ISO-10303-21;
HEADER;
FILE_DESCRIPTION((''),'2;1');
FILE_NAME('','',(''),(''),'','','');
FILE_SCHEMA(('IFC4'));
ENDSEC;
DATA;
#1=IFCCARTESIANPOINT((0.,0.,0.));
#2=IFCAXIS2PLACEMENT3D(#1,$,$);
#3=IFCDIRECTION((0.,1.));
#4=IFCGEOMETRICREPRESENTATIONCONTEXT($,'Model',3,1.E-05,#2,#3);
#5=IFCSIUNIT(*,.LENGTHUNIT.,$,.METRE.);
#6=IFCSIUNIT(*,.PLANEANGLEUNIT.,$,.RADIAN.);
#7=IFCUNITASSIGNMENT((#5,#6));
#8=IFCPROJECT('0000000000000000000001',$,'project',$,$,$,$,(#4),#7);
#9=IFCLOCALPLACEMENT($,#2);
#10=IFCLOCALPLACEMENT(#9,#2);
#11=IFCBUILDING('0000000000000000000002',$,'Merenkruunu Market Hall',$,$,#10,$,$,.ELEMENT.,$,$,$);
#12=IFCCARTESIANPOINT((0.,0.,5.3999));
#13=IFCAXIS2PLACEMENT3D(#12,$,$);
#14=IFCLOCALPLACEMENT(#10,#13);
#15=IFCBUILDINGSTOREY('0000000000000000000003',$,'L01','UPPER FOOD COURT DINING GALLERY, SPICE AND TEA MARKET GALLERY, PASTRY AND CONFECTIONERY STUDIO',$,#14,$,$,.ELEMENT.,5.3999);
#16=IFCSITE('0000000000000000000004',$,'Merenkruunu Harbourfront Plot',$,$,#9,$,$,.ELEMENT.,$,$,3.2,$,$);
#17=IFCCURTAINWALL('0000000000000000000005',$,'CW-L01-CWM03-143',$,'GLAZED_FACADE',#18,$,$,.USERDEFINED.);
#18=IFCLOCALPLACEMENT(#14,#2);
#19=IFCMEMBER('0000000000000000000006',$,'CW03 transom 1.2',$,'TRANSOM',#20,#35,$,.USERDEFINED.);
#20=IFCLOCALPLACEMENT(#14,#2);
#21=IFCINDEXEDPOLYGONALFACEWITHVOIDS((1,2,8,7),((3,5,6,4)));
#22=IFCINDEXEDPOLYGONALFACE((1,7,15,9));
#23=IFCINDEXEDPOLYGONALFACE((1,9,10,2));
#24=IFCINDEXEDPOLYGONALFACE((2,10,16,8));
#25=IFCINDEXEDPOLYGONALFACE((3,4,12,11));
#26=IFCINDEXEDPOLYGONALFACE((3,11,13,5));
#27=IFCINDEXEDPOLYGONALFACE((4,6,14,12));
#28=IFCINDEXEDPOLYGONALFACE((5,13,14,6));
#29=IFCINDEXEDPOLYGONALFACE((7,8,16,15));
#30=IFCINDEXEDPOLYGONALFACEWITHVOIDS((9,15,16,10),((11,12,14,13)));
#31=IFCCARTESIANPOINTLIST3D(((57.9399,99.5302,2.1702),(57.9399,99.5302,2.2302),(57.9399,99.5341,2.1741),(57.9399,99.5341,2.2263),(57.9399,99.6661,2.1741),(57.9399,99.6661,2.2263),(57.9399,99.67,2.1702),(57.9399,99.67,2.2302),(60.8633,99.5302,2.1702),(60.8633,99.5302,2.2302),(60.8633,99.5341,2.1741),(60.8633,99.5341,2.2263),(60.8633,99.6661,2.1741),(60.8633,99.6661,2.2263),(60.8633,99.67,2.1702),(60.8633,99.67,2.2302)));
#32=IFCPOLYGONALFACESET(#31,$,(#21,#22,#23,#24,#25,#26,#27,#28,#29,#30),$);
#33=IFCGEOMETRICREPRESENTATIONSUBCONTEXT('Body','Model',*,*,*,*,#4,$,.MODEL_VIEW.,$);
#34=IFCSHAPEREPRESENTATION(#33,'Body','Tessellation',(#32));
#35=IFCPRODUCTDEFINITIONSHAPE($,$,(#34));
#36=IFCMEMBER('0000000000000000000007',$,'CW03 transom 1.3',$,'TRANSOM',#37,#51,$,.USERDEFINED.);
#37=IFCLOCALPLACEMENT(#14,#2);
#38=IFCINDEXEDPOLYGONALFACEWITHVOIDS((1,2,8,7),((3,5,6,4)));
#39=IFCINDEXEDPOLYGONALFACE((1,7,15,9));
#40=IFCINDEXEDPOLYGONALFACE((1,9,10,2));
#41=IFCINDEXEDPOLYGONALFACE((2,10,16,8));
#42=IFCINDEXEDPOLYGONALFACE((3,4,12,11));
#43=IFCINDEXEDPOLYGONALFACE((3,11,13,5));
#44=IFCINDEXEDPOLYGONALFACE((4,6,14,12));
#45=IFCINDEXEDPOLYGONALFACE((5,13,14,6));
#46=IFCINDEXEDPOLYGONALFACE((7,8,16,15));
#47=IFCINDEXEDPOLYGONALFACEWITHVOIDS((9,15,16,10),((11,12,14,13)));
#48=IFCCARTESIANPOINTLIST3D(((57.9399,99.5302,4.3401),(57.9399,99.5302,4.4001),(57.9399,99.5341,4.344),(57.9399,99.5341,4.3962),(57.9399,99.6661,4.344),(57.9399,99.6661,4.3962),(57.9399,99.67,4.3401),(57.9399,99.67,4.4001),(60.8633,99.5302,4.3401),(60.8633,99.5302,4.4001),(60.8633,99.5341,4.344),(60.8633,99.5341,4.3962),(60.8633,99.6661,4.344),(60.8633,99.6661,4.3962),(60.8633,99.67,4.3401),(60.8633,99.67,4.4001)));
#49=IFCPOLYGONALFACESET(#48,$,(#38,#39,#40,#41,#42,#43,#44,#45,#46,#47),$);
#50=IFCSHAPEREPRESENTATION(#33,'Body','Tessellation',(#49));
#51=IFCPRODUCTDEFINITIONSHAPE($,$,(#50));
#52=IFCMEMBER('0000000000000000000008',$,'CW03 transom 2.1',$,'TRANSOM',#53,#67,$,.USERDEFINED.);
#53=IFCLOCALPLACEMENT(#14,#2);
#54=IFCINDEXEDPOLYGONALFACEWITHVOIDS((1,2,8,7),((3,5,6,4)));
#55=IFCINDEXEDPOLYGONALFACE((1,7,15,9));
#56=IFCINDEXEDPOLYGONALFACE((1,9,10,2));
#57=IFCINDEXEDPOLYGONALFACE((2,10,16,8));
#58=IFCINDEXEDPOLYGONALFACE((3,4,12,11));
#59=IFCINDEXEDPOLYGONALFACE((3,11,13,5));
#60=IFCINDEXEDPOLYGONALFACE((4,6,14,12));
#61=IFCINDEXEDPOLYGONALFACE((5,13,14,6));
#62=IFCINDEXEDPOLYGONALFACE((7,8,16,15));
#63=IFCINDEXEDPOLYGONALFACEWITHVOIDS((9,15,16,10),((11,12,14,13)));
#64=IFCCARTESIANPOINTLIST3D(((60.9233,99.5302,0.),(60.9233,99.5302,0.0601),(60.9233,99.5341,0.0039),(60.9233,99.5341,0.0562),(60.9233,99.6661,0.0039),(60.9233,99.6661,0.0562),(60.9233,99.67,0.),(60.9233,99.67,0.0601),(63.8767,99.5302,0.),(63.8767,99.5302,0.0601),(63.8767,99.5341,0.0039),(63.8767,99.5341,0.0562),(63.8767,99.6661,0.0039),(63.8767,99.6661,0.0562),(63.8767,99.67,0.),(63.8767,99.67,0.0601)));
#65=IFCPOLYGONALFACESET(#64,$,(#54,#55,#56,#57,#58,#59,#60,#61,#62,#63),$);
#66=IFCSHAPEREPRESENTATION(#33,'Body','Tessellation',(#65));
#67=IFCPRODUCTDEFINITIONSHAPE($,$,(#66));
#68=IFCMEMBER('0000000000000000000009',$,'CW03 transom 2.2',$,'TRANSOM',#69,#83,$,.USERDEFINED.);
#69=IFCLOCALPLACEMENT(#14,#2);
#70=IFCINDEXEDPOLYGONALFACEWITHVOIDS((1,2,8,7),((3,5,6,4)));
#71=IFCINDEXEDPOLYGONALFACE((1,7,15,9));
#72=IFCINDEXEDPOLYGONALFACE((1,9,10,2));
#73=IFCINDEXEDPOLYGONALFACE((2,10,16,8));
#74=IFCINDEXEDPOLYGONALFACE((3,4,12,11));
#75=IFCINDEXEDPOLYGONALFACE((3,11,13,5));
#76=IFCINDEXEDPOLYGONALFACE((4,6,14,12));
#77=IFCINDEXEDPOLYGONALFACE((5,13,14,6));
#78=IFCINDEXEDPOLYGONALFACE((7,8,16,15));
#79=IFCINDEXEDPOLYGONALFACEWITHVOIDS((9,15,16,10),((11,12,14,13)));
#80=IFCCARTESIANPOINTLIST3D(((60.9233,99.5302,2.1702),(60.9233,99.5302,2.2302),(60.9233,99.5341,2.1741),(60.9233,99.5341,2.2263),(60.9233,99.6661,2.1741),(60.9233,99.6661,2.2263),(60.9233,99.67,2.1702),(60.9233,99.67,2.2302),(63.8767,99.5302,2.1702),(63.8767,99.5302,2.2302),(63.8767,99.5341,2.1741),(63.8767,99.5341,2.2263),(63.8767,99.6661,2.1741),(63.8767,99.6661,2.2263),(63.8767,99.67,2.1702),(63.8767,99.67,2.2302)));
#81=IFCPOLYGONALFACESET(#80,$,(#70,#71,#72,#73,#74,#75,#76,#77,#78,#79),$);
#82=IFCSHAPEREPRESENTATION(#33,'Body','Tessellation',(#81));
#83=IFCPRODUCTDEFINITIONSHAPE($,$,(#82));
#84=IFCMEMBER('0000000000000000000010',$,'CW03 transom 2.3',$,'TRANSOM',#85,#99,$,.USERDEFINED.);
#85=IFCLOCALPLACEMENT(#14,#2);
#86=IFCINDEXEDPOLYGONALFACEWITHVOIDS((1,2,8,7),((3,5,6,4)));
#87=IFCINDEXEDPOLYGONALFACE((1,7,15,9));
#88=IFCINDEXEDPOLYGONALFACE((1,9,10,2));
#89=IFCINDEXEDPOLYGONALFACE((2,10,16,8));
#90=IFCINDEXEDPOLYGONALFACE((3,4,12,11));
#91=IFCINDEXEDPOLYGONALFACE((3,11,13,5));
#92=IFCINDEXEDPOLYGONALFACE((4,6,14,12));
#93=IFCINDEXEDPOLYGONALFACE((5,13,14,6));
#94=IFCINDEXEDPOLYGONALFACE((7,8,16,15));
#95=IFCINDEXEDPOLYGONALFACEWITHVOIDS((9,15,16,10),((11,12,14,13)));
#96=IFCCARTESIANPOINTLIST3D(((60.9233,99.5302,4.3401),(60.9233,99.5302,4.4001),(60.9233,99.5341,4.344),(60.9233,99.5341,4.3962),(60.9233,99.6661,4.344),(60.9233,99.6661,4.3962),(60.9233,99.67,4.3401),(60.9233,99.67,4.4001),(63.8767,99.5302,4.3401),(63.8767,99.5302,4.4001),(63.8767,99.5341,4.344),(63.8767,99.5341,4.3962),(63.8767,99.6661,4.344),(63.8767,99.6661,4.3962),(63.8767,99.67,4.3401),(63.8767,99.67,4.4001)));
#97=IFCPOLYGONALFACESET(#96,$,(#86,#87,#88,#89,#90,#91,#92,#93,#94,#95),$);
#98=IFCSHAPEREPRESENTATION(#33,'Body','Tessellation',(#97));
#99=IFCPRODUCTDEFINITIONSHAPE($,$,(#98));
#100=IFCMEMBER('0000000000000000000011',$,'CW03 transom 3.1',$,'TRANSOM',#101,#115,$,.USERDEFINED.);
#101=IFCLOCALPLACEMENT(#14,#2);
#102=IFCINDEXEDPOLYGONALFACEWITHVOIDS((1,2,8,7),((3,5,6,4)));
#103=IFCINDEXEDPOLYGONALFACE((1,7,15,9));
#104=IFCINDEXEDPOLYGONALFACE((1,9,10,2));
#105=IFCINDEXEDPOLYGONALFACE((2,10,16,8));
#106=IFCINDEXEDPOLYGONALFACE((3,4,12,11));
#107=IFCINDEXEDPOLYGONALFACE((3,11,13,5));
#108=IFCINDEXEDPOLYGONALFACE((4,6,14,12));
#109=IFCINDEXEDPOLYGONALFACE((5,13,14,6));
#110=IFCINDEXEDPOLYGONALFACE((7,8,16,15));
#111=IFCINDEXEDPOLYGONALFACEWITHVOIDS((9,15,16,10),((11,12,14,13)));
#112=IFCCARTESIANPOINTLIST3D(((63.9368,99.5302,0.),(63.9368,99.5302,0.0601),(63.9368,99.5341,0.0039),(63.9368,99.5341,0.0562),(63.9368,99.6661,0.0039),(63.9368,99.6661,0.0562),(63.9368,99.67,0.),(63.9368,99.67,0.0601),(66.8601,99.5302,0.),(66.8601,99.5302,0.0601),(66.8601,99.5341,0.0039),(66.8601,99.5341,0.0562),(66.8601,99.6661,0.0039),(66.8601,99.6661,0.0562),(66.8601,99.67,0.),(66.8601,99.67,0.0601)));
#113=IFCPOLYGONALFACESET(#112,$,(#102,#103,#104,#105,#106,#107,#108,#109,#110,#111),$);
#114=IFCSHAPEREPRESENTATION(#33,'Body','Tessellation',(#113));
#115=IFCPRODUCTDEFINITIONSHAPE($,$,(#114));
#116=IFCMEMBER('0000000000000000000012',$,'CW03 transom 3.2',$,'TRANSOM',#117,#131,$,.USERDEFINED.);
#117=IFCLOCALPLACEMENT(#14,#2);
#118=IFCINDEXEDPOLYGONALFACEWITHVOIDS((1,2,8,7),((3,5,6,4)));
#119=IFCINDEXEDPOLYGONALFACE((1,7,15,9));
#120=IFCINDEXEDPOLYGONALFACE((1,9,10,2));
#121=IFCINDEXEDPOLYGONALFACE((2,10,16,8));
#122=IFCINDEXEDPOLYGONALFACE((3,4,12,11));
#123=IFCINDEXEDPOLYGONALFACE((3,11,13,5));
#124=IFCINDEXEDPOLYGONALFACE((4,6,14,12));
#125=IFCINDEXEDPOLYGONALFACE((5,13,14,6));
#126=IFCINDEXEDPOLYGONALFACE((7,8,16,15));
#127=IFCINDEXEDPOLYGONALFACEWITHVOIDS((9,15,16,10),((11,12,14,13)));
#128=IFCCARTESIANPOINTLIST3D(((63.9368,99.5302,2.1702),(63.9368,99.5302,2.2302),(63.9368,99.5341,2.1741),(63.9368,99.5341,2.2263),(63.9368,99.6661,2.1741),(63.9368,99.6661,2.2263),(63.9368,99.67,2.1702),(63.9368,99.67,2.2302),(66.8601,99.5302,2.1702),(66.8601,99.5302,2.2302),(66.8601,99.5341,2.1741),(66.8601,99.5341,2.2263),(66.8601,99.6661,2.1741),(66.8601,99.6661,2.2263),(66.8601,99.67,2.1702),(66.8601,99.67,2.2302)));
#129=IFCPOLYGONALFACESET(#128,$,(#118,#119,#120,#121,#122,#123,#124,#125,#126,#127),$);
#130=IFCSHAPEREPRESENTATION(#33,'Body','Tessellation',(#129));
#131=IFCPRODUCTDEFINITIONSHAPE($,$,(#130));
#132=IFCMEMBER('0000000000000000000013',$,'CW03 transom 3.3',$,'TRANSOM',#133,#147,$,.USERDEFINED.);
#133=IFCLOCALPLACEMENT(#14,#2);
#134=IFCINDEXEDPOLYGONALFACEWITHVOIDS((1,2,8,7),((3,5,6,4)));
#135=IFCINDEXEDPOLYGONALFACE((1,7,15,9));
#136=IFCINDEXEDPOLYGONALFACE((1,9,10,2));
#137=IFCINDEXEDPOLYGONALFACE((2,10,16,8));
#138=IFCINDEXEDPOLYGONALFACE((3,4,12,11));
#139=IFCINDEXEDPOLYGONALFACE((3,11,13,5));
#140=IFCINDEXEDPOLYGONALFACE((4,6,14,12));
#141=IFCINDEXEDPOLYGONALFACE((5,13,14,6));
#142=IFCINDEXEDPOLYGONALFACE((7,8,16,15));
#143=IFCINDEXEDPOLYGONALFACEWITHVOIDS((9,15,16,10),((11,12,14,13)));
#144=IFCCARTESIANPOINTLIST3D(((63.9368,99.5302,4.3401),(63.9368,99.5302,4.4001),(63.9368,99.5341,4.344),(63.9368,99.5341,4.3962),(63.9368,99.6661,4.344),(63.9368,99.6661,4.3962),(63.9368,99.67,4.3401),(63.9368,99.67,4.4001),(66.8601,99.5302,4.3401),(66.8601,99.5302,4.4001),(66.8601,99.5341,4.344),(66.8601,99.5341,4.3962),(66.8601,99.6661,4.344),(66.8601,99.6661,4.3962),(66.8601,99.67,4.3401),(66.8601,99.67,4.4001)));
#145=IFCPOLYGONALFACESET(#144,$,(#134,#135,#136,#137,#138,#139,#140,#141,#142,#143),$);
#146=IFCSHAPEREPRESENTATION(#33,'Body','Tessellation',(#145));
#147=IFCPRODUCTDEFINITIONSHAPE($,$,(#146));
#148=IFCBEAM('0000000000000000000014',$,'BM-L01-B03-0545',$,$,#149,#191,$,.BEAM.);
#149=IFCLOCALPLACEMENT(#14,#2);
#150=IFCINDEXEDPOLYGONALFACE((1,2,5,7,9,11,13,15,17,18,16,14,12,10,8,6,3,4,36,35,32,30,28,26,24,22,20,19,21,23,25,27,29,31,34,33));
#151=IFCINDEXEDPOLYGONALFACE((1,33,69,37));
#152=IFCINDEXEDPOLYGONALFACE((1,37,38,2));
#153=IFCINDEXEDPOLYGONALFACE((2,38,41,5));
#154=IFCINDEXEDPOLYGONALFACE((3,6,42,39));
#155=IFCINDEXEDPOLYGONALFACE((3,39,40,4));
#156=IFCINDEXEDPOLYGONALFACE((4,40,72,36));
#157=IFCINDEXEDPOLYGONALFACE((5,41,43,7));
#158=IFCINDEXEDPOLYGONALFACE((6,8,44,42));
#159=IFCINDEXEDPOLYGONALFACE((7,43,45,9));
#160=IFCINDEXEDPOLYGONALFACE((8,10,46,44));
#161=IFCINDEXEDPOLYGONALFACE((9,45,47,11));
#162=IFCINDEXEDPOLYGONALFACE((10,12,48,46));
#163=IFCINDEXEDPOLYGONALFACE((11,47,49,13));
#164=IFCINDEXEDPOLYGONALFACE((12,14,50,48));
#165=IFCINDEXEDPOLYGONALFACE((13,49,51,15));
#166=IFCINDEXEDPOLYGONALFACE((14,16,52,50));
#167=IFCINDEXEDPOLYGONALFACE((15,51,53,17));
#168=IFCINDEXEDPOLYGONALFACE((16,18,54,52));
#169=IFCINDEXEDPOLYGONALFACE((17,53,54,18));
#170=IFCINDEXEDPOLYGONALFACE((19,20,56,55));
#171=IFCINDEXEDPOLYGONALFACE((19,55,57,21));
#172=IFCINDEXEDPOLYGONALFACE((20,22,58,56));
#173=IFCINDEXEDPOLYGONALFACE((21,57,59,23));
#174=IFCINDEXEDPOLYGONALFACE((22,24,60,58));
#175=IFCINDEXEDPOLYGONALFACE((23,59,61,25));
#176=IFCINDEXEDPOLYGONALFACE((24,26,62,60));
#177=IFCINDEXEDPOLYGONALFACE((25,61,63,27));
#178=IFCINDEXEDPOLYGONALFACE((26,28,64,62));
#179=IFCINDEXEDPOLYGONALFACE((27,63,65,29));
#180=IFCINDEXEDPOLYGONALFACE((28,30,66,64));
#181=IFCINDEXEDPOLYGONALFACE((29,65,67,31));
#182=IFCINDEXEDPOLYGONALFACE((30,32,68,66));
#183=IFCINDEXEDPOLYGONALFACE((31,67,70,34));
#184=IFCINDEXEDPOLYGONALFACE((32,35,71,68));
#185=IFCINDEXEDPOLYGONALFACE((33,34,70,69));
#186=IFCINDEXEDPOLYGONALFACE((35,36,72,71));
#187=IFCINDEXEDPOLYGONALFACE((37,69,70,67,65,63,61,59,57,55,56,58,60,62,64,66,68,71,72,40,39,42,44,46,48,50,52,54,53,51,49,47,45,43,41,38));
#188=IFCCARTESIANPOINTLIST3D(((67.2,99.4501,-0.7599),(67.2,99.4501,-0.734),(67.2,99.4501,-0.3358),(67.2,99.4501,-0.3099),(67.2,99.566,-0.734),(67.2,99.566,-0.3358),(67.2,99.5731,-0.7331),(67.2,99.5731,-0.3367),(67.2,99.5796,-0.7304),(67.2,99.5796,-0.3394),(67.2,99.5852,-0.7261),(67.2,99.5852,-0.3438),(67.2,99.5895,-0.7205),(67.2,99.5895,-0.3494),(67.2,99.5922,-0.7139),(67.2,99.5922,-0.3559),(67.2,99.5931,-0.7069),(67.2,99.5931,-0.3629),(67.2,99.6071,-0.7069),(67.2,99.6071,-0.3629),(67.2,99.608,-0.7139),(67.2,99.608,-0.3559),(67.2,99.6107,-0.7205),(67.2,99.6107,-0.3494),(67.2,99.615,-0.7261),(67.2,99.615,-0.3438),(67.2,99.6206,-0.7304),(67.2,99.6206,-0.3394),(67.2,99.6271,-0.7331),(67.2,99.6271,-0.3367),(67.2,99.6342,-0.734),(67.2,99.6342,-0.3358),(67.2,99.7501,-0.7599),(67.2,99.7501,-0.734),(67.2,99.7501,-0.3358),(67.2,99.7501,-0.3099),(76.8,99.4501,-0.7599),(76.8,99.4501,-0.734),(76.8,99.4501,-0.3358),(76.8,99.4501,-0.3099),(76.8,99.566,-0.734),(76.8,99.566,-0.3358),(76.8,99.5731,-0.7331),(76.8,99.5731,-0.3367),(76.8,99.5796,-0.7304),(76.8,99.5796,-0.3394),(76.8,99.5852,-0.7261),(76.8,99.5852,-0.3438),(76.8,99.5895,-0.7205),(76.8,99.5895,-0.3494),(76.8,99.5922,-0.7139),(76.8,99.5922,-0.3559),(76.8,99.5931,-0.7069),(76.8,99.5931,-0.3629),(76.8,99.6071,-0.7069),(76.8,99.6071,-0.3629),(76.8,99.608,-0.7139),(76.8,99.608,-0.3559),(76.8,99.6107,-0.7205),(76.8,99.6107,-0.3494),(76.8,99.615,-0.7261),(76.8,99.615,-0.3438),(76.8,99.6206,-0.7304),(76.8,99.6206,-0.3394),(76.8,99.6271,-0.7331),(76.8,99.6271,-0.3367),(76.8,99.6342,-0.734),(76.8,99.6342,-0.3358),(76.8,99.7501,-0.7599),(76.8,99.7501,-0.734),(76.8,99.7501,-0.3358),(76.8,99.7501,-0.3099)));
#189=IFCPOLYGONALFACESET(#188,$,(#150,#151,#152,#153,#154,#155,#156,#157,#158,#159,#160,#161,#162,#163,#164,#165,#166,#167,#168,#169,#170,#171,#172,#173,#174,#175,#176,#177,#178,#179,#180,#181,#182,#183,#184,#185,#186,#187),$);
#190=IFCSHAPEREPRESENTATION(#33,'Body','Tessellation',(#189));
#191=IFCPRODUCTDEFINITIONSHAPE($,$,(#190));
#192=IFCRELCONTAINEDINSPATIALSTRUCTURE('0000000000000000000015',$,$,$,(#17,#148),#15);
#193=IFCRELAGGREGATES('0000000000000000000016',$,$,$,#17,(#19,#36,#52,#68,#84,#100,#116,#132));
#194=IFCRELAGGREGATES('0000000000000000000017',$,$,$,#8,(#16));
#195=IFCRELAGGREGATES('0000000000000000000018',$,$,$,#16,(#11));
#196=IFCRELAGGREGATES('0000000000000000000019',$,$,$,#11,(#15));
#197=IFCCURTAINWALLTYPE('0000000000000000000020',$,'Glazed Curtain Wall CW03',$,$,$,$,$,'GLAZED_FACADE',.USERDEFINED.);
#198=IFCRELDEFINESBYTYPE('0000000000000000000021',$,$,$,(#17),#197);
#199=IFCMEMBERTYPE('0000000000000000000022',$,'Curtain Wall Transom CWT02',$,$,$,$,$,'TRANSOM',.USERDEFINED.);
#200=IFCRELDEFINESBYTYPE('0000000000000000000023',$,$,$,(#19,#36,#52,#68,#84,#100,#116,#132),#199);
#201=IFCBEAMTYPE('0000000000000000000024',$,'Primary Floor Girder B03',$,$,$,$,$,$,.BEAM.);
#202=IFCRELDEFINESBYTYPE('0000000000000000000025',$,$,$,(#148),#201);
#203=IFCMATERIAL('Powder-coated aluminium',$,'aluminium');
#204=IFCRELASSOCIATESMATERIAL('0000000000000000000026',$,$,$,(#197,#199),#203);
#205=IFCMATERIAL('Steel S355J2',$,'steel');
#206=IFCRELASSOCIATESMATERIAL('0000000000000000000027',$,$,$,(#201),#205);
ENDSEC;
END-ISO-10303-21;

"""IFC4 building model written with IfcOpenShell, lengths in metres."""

from ifc_helpers import new_model, si_unit, direction, frame, origin, origin_2d, place, context, subcontext, project, spatial, hollow_rectangle, i_section, extrude, material, material_profile, profile_set, type_object, element, aggregate, save


model = new_model("IFC4")

# Units and contexts
model_context = context("Model", 3, precision=1e-05, world=origin(), true_north=direction((0.0, 1.0)))
body_context = subcontext(model_context, "Body", "Model", "MODEL_VIEW")
ifc_project = project(units=[si_unit("LENGTHUNIT", "METRE"), si_unit("PLANEANGLEUNIT", "RADIAN")], contexts=[model_context])

# Site, building, storey
site_placement = place(None, origin())
site = spatial("IfcSite", under=ifc_project, at=site_placement, Name="Merenkruunu Harbourfront Plot", CompositionType="ELEMENT", RefElevation=3.2)
building_placement = place(site_placement, origin())
building = spatial("IfcBuilding", under=site, at=building_placement, Name="Merenkruunu Market Hall", CompositionType="ELEMENT")
storey_placement = place(building_placement, frame((0.0, 0.0, 5.3999)))
storey = spatial("IfcBuildingStorey", under=building, at=storey_placement, Name="L01", Description="UPPER FOOD COURT DINING GALLERY, SPICE AND TEA MARKET GALLERY, PASTRY AND CONFECTIONERY STUDIO", CompositionType="ELEMENT", Elevation=5.3999)

# Shared definitions
ifc_material_1 = material(Name="Powder-coated aluminium", Category="aluminium")

# Curtain wall
curtain_wall_type_1 = type_object("IfcCurtainWallType", Name="Glazed Curtain Wall CW03", ElementType="GLAZED_FACADE", PredefinedType="USERDEFINED", material=ifc_material_1)
curtain_wall_1_placement = place(storey_placement, origin())
curtain_wall_1 = element("IfcCurtainWall", 1, at=curtain_wall_1_placement, inside=storey, type_object=curtain_wall_type_1, Name="CW-L01-CWM03-143", ObjectType="GLAZED_FACADE", PredefinedType="USERDEFINED")

# Members
ifc_material_profile_1 = material_profile(ifc_material_1, hollow_rectangle(XDim=0.0601, YDim=0.1399, WallThickness=0.0039, at=origin_2d()), Name="ALU 60x140x4")
ifc_profile_set_1 = profile_set([ifc_material_profile_1], Name="Powder-coated aluminium")
member_type_1 = type_object("IfcMemberType", Name="Curtain Wall Transom CWT02", ElementType="TRANSOM", PredefinedType="USERDEFINED", material=ifc_profile_set_1)
member_1_placement = place(storey_placement, frame((57.9399, 99.6001, 2.2002), z_axis=(1.0, 0.0, 0.0), x_axis=(0.0, 0.0, 1.0)))
member_1 = element("IfcMember", 2, at=member_1_placement, type_object=member_type_1, Name="CW03 transom 1.2", ObjectType="TRANSOM", PredefinedType="USERDEFINED", context=body_context, shape_type="SweptSolid", body=[
    extrude(hollow_rectangle(XDim=0.0601, YDim=0.1399, WallThickness=0.0039, at=origin_2d()), origin(), (0.0, 0.0, 1.0), 2.9233),
])
member_2_placement = place(storey_placement, frame((57.9399, 99.6001, 4.3701), z_axis=(1.0, 0.0, 0.0), x_axis=(0.0, 0.0, 1.0)))
member_2 = element("IfcMember", 3, at=member_2_placement, type_object=member_type_1, Name="CW03 transom 1.3", ObjectType="TRANSOM", PredefinedType="USERDEFINED", context=body_context, shape_type="SweptSolid", body=[
    extrude(hollow_rectangle(XDim=0.0601, YDim=0.1399, WallThickness=0.0039, at=origin_2d()), origin(), (0.0, 0.0, 1.0), 2.9233),
])
member_3_placement = place(storey_placement, frame((60.9233, 99.6001, 0.03), z_axis=(1.0, 0.0, 0.0), x_axis=(0.0, 0.0, 1.0)))
member_3 = element("IfcMember", 4, at=member_3_placement, type_object=member_type_1, Name="CW03 transom 2.1", ObjectType="TRANSOM", PredefinedType="USERDEFINED", context=body_context, shape_type="SweptSolid", body=[
    extrude(hollow_rectangle(XDim=0.0601, YDim=0.1399, WallThickness=0.0039, at=origin_2d()), origin(), (0.0, 0.0, 1.0), 2.9534),
])
member_4_placement = place(storey_placement, frame((60.9233, 99.6001, 2.2002), z_axis=(1.0, 0.0, 0.0), x_axis=(0.0, 0.0, 1.0)))
member_4 = element("IfcMember", 5, at=member_4_placement, type_object=member_type_1, Name="CW03 transom 2.2", ObjectType="TRANSOM", PredefinedType="USERDEFINED", context=body_context, shape_type="SweptSolid", body=[
    extrude(hollow_rectangle(XDim=0.0601, YDim=0.1399, WallThickness=0.0039, at=origin_2d()), origin(), (0.0, 0.0, 1.0), 2.9534),
])
member_5_placement = place(storey_placement, frame((60.9233, 99.6001, 4.3701), z_axis=(1.0, 0.0, 0.0), x_axis=(0.0, 0.0, 1.0)))
member_5 = element("IfcMember", 6, at=member_5_placement, type_object=member_type_1, Name="CW03 transom 2.3", ObjectType="TRANSOM", PredefinedType="USERDEFINED", context=body_context, shape_type="SweptSolid", body=[
    extrude(hollow_rectangle(XDim=0.0601, YDim=0.1399, WallThickness=0.0039, at=origin_2d()), origin(), (0.0, 0.0, 1.0), 2.9534),
])
member_6_placement = place(storey_placement, frame((63.9368, 99.6001, 0.03), z_axis=(1.0, 0.0, 0.0), x_axis=(0.0, 0.0, 1.0)))
member_6 = element("IfcMember", 7, at=member_6_placement, type_object=member_type_1, Name="CW03 transom 3.1", ObjectType="TRANSOM", PredefinedType="USERDEFINED", context=body_context, shape_type="SweptSolid", body=[
    extrude(hollow_rectangle(XDim=0.0601, YDim=0.1399, WallThickness=0.0039, at=origin_2d()), origin(), (0.0, 0.0, 1.0), 2.9233),
])
member_7_placement = place(storey_placement, frame((63.9368, 99.6001, 2.2002), z_axis=(1.0, 0.0, 0.0), x_axis=(0.0, 0.0, 1.0)))
member_7 = element("IfcMember", 8, at=member_7_placement, type_object=member_type_1, Name="CW03 transom 3.2", ObjectType="TRANSOM", PredefinedType="USERDEFINED", context=body_context, shape_type="SweptSolid", body=[
    extrude(hollow_rectangle(XDim=0.0601, YDim=0.1399, WallThickness=0.0039, at=origin_2d()), origin(), (0.0, 0.0, 1.0), 2.9233),
])
member_8_placement = place(storey_placement, frame((63.9368, 99.6001, 4.3701), z_axis=(1.0, 0.0, 0.0), x_axis=(0.0, 0.0, 1.0)))
member_8 = element("IfcMember", 9, at=member_8_placement, type_object=member_type_1, Name="CW03 transom 3.3", ObjectType="TRANSOM", PredefinedType="USERDEFINED", context=body_context, shape_type="SweptSolid", body=[
    extrude(hollow_rectangle(XDim=0.0601, YDim=0.1399, WallThickness=0.0039, at=origin_2d()), origin(), (0.0, 0.0, 1.0), 2.9233),
])

# Beam
ifc_material_2 = material(Name="Steel S355J2", Category="steel")
ifc_material_profile_2 = material_profile(ifc_material_2, i_section(OverallWidth=0.3, OverallDepth=0.45, WebThickness=0.0139, FlangeThickness=0.0259, FilletRadius=0.0271, at=origin_2d()), Name="HEB 450")
ifc_profile_set_2 = profile_set([ifc_material_profile_2], Name="Steel S355J2")
beam_type = type_object("IfcBeamType", Name="Primary Floor Girder B03", PredefinedType="BEAM", material=ifc_profile_set_2)
beam_placement = place(storey_placement, frame((67.2, 99.6001, -0.5349), z_axis=(1.0, 0.0, 0.0), x_axis=(0.0, 1.0, 0.0)))
element("IfcBeam", 10, at=beam_placement, inside=storey, type_object=beam_type, Name="BM-L01-B03-0545", PredefinedType="BEAM", context=body_context, shape_type="SweptSolid", body=[
    extrude(i_section(OverallWidth=0.3, OverallDepth=0.45, WebThickness=0.0139, FlangeThickness=0.0259, FilletRadius=0.0271, at=origin_2d()), origin(), (0.0, 0.0, 1.0), 9.6001),
])

aggregate(curtain_wall_1, [member_1, member_2, member_3, member_4, member_5, member_6, member_7, member_8])

save(model, "model.ifc")
